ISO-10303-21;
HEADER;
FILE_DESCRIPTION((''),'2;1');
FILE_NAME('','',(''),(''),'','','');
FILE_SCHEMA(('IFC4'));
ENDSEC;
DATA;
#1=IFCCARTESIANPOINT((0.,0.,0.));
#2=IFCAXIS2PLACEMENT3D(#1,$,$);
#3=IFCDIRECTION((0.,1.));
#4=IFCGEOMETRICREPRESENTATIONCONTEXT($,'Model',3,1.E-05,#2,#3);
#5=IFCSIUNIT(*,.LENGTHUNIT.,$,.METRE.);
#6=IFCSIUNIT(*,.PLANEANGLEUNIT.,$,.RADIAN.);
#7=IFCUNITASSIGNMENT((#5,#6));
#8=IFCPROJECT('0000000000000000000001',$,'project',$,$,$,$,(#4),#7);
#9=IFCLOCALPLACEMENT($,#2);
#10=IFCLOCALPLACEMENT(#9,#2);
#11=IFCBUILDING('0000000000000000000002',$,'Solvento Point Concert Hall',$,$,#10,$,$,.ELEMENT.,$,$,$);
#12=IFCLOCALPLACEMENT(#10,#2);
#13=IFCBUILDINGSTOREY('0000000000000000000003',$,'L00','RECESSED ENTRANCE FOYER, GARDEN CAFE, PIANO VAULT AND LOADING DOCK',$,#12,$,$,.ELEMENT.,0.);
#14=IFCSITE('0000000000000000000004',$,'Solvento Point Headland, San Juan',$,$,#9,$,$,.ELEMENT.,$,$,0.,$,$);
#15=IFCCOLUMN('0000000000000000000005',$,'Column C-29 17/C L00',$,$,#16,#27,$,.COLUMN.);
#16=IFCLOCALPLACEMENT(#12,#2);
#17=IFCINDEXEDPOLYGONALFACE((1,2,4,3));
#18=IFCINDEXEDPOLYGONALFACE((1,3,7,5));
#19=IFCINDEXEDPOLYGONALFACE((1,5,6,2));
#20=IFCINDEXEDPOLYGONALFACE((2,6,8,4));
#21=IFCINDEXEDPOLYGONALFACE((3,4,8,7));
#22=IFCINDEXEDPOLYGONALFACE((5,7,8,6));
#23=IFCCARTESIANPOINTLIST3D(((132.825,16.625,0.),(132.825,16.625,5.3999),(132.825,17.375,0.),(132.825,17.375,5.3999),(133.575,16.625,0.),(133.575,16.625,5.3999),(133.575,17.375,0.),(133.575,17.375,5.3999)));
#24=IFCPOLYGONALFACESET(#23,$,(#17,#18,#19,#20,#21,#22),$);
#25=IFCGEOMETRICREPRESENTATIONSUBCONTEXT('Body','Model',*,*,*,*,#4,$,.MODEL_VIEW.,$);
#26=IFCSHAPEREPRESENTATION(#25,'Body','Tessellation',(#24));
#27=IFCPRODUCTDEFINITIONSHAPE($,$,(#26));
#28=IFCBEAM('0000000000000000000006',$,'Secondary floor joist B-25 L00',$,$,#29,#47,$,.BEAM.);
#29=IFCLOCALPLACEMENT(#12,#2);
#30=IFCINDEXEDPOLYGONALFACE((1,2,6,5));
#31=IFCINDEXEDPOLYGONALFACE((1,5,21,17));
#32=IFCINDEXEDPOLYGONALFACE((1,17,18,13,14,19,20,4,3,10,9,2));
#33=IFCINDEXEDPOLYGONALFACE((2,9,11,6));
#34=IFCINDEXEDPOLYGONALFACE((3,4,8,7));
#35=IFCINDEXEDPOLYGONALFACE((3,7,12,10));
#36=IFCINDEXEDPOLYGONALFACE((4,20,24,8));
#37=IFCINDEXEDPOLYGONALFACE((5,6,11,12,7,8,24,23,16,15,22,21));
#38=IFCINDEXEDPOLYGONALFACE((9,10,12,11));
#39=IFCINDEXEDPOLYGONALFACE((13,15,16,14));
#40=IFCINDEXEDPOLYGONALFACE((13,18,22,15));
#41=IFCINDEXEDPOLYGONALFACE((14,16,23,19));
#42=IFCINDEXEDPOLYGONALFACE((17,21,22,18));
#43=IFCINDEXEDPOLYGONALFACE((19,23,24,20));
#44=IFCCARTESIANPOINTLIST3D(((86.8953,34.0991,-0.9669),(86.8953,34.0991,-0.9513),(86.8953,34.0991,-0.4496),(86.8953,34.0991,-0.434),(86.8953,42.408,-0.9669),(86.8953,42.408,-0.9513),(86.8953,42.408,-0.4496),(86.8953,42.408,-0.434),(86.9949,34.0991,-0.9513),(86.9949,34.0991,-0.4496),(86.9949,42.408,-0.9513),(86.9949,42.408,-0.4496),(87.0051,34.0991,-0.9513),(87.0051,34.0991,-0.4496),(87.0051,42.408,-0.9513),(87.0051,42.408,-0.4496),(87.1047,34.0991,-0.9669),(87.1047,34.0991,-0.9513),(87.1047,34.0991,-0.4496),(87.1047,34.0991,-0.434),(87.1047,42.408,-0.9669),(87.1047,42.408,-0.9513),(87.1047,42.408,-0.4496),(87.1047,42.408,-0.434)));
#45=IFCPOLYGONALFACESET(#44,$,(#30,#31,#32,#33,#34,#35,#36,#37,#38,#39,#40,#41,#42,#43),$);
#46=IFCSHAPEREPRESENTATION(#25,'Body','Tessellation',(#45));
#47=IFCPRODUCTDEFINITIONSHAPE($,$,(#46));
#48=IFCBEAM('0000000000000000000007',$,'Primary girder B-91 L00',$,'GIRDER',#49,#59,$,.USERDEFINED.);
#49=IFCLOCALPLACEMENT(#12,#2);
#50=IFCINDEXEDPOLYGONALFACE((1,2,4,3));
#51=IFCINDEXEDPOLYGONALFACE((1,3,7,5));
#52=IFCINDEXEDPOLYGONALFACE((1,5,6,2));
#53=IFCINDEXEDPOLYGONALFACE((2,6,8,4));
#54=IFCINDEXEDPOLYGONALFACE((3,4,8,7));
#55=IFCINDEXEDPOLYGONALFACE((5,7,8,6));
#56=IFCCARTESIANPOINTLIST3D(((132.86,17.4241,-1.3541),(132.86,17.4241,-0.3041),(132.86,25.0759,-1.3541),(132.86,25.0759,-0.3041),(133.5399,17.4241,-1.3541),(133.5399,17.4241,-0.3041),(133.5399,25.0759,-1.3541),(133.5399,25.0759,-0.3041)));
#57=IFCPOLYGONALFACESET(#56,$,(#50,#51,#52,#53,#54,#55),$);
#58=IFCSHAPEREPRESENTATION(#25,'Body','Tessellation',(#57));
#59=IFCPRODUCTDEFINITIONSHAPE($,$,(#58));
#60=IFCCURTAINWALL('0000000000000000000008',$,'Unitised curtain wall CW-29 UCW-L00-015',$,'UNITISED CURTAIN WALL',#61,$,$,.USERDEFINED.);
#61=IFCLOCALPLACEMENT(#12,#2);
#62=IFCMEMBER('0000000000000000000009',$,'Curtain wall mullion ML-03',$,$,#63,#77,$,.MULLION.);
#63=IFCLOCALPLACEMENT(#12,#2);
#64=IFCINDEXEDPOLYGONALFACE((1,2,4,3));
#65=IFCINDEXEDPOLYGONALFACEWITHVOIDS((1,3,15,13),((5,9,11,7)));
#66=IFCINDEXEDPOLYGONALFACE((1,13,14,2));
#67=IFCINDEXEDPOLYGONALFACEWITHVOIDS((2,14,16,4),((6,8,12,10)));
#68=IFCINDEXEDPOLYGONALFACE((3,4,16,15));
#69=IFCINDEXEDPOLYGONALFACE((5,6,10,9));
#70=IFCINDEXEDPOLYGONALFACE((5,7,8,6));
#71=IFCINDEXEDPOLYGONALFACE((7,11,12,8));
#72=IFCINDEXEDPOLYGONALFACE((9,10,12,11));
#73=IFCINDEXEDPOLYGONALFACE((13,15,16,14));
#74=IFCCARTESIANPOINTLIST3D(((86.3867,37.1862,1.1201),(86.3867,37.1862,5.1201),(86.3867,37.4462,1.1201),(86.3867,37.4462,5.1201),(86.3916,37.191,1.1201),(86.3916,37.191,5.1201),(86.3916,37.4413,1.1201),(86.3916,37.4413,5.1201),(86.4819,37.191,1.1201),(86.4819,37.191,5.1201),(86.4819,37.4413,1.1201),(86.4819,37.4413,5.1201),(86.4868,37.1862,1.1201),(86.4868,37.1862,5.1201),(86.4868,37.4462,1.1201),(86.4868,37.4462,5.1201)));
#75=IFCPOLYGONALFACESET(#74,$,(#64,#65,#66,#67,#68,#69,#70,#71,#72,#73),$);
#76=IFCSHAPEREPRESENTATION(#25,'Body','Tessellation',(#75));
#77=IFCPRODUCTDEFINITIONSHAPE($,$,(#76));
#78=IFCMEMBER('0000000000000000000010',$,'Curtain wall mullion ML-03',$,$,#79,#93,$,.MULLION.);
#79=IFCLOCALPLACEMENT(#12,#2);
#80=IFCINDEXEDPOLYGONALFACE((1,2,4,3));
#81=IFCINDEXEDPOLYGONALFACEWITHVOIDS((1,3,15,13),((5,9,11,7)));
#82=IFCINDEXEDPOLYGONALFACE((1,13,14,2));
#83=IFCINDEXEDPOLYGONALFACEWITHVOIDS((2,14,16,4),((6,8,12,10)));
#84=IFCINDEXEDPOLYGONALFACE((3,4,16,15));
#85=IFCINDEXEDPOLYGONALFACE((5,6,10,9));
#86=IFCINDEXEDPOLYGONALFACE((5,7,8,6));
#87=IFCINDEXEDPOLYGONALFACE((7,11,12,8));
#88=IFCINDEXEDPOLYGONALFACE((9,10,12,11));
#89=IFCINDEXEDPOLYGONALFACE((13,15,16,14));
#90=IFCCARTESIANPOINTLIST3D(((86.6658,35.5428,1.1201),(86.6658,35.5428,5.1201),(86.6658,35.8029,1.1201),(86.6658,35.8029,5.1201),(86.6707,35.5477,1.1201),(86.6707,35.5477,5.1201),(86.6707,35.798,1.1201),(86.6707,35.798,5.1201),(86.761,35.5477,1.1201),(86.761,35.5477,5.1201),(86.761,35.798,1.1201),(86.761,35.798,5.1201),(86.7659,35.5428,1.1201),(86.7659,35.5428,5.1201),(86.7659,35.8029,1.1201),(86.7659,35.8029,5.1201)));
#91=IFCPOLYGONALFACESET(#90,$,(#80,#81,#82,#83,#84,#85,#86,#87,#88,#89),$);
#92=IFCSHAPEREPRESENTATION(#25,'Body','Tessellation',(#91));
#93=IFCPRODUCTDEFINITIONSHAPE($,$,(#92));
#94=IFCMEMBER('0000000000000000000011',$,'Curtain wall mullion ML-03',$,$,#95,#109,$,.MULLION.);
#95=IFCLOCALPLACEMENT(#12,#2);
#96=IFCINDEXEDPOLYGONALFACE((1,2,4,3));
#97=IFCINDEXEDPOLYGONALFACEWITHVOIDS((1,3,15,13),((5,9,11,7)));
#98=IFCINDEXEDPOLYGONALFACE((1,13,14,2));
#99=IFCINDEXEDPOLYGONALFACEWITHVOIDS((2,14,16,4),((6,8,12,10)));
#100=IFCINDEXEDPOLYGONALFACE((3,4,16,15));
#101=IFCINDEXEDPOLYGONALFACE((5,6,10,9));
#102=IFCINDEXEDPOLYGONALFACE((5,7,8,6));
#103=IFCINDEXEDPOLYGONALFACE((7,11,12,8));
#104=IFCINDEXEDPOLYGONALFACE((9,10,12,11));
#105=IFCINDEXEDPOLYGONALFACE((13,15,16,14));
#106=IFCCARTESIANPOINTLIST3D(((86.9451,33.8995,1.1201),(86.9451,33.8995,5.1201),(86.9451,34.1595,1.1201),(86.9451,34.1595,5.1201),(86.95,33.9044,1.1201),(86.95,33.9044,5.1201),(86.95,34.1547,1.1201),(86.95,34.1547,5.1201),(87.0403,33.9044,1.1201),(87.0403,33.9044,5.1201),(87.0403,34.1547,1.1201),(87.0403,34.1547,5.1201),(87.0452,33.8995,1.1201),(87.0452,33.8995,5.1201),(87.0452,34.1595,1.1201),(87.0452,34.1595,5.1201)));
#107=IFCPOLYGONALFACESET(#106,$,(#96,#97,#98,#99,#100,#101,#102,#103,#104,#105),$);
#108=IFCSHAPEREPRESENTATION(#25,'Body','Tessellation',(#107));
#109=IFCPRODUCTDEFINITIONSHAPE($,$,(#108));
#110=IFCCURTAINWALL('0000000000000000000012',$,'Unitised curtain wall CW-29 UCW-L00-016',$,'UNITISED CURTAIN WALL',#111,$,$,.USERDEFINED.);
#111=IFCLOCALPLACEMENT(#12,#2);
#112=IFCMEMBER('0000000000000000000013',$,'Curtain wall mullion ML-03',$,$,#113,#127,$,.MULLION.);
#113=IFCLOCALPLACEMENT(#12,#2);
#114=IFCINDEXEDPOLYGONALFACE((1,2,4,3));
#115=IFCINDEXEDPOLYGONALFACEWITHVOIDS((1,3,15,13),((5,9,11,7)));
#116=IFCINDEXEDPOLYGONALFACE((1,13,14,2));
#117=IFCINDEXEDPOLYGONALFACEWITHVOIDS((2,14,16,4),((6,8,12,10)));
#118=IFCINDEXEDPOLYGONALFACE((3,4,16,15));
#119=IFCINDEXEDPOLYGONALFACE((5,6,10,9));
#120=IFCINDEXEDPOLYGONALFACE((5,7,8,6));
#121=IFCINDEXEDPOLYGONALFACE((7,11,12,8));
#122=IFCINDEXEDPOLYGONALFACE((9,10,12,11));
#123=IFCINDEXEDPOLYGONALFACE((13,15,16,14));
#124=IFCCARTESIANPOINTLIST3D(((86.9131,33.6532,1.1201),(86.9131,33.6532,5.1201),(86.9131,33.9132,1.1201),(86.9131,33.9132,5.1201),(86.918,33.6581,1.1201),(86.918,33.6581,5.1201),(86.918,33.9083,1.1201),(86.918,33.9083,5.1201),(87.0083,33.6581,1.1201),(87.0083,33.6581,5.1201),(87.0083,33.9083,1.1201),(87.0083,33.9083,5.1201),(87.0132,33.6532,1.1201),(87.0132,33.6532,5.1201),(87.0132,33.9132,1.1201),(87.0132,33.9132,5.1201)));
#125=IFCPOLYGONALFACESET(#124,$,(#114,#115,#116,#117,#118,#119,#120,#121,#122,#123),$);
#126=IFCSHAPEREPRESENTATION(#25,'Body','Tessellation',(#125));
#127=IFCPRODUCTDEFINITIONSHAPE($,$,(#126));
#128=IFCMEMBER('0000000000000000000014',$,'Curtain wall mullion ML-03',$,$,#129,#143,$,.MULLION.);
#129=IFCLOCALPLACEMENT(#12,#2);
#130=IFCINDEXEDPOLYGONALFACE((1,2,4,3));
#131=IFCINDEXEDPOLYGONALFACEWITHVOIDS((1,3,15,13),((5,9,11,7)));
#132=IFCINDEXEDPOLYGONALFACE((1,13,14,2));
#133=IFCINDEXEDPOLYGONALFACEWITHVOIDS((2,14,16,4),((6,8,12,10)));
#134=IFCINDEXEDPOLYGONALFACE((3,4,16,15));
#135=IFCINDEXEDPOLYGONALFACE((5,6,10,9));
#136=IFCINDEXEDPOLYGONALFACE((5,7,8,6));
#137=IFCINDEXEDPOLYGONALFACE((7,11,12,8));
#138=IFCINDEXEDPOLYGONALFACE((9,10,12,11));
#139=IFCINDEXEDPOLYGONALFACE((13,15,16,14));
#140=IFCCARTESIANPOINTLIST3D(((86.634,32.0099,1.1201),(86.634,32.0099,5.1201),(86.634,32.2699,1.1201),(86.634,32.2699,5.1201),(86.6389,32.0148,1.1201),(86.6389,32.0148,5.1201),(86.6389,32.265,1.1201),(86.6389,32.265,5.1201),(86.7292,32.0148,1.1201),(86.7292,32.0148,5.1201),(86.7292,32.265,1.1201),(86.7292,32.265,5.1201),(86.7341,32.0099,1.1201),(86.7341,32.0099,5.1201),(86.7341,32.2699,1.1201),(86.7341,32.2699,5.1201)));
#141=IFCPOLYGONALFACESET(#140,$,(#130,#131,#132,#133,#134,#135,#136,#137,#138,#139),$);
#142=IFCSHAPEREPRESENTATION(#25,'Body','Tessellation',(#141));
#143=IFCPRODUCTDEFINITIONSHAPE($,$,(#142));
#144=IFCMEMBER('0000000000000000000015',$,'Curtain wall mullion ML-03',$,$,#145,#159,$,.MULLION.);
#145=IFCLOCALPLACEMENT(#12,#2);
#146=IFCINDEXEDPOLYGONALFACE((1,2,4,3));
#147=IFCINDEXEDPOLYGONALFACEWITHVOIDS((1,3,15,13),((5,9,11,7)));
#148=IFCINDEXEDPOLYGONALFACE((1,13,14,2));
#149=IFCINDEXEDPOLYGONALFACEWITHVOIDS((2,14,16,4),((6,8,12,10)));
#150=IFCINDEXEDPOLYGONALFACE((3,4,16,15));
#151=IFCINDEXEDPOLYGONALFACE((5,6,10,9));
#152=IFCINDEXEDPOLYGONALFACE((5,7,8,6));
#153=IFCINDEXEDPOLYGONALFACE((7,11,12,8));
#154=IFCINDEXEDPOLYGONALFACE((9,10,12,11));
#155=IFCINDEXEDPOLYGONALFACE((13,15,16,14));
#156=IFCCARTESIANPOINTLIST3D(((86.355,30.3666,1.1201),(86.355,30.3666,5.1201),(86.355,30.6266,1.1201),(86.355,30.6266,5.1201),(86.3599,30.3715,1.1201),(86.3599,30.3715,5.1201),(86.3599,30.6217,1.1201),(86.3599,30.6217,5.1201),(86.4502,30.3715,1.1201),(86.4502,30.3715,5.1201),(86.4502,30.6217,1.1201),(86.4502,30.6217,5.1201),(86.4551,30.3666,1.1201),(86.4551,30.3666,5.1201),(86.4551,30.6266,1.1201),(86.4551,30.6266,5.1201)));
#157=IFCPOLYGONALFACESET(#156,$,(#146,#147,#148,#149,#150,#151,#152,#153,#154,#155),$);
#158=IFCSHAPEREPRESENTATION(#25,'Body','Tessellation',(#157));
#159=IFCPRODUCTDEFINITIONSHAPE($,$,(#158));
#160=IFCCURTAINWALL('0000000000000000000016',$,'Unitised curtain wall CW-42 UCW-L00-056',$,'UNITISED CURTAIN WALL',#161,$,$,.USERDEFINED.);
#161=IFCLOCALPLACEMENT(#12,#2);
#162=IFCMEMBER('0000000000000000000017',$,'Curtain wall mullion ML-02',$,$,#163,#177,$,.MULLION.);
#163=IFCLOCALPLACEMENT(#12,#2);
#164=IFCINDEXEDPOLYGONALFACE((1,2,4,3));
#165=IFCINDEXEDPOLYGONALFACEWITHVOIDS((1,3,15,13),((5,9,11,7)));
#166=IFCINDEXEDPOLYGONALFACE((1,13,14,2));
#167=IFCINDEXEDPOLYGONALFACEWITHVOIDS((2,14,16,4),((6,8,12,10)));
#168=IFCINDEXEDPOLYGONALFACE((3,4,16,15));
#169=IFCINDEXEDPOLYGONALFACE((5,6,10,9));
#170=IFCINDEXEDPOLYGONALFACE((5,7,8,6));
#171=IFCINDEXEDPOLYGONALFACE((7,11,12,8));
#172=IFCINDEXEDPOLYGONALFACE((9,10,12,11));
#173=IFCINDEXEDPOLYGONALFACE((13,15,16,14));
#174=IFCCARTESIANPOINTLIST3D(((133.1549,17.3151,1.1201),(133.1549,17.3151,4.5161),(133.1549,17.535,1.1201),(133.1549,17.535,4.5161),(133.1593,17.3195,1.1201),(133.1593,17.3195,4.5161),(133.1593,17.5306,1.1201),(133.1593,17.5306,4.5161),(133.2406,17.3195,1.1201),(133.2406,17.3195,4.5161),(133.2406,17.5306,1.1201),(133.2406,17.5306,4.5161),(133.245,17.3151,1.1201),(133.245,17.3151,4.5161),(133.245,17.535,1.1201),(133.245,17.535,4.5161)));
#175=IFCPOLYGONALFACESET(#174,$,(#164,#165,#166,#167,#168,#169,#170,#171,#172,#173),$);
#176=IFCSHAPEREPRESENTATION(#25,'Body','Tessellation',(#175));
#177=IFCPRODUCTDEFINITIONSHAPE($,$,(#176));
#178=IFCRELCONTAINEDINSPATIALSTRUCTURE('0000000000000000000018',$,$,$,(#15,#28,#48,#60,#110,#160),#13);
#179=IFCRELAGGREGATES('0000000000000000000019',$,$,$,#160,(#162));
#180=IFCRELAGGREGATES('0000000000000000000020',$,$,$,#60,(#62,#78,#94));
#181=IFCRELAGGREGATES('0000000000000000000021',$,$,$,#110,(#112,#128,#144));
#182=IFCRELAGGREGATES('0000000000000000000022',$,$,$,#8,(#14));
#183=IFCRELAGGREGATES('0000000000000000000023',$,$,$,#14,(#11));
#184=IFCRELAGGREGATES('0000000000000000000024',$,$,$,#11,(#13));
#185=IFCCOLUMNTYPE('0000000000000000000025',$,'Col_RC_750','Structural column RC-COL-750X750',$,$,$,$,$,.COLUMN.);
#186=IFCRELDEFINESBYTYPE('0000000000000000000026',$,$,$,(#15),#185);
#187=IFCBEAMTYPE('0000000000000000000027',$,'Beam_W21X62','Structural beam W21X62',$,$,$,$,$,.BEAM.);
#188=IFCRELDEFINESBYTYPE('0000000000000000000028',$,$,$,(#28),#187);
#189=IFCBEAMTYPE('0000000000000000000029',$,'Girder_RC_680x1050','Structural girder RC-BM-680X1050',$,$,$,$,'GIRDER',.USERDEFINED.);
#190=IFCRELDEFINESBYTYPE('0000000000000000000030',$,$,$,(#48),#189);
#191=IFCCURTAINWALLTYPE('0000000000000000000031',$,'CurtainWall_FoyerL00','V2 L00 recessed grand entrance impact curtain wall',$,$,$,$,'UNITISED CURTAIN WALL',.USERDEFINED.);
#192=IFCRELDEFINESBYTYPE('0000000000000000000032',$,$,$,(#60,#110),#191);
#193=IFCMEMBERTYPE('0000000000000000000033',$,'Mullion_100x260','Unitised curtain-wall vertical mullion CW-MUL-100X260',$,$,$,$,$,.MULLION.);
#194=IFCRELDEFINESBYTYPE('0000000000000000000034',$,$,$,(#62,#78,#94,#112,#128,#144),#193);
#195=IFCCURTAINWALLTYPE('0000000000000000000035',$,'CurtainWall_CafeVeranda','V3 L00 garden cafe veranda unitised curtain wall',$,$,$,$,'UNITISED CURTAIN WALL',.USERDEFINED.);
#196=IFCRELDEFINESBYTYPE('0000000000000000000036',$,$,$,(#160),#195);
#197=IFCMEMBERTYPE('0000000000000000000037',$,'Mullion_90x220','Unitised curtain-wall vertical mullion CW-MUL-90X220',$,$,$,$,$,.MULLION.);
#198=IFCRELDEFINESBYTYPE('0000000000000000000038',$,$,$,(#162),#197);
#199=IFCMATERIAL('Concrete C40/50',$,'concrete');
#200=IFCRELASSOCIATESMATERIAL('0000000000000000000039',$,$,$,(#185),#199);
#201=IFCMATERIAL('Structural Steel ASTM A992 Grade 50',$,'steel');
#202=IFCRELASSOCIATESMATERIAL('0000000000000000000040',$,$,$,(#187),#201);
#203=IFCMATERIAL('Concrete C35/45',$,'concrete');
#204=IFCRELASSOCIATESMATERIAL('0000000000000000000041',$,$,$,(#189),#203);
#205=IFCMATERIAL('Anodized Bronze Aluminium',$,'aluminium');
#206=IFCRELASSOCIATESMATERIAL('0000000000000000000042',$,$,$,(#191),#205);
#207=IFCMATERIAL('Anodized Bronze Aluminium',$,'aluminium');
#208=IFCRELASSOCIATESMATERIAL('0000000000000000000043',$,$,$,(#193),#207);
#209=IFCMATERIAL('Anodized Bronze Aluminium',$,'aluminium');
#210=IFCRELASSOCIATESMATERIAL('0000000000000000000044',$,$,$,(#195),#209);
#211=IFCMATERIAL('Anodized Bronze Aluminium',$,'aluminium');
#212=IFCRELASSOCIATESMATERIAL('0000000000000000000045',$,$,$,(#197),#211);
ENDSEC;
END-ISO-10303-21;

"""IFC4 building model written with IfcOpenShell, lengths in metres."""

from ifc_helpers import new_model, si_unit, direction, frame, origin, origin_2d, place, context, subcontext, project, spatial, rectangle, hollow_rectangle, i_section, extrude, material, material_profile, profile_set, type_object, element, aggregate, save


model = new_model("IFC4")

# Units and contexts
model_context = context("Model", 3, precision=1e-05, world=origin(), true_north=direction((0.0, 1.0)))
body_context = subcontext(model_context, "Body", "Model", "MODEL_VIEW")
ifc_project = project(units=[si_unit("LENGTHUNIT", "METRE"), si_unit("PLANEANGLEUNIT", "RADIAN")], contexts=[model_context])

# Site, building, storey
site_placement = place(None, origin())
site = spatial("IfcSite", under=ifc_project, at=site_placement, Name="Solvento Point Headland, San Juan", CompositionType="ELEMENT", RefElevation=0.0)
building_placement = place(site_placement, origin())
building = spatial("IfcBuilding", under=site, at=building_placement, Name="Solvento Point Concert Hall", CompositionType="ELEMENT")
storey_placement = place(building_placement, origin())
storey = spatial("IfcBuildingStorey", under=building, at=storey_placement, Name="L00", Description="RECESSED ENTRANCE FOYER, GARDEN CAFE, PIANO VAULT AND LOADING DOCK", CompositionType="ELEMENT", Elevation=0.0)

# Column
ifc_material_1 = material(Name="Concrete C40/50", Category="concrete")
ifc_material_profile_1 = material_profile(ifc_material_1, rectangle(XDim=0.75, YDim=0.75, at=origin_2d()), Name="RC-COL-750X750")
ifc_profile_set_1 = profile_set([ifc_material_profile_1], Name="Concrete C40/50")
column_type = type_object("IfcColumnType", Name="Col_RC_750", Description="Structural column RC-COL-750X750", PredefinedType="COLUMN", material=ifc_profile_set_1)
column_placement = place(storey_placement, frame((133.2, 17.0, 0.0), z_axis=(0.0, 0.0, 1.0), x_axis=(1.0, 0.0, 0.0)))
element("IfcColumn", 1, at=column_placement, inside=storey, type_object=column_type, Name="Column C-29 17/C L00", PredefinedType="COLUMN", context=body_context, shape_type="SweptSolid", body=[
    extrude(rectangle(XDim=0.75, YDim=0.75, at=origin_2d()), origin(), (0.0, 0.0, 1.0), 5.3999),
])

# Beams
ifc_material_2 = material(Name="Structural Steel ASTM A992 Grade 50", Category="steel")
ifc_material_profile_2 = material_profile(ifc_material_2, i_section(OverallWidth=0.2095, OverallDepth=0.533, WebThickness=0.0103, FlangeThickness=0.0156, at=origin_2d()), Name="W21X62")
ifc_profile_set_2 = profile_set([ifc_material_profile_2], Name="Structural Steel ASTM A992 Grade 50")
beam_type_1 = type_object("IfcBeamType", Name="Beam_W21X62", Description="Structural beam W21X62", PredefinedType="BEAM", material=ifc_profile_set_2)
beam_1_placement = place(storey_placement, frame((87.0, 34.0991, -0.7004), z_axis=(0.0, 1.0, 0.0), x_axis=(-1.0, 0.0, 0.0)))
element("IfcBeam", 2, at=beam_1_placement, inside=storey, type_object=beam_type_1, Name="Secondary floor joist B-25 L00", PredefinedType="BEAM", context=body_context, shape_type="SweptSolid", body=[
    extrude(i_section(OverallWidth=0.2095, OverallDepth=0.533, WebThickness=0.0103, FlangeThickness=0.0156, at=origin_2d()), origin(), (0.0, 0.0, 1.0), 8.3088),
])
ifc_material_3 = material(Name="Concrete C35/45", Category="concrete")
ifc_material_profile_3 = material_profile(ifc_material_3, rectangle(XDim=0.6799, YDim=1.05, at=origin_2d()), Name="RC-BM-680X1050")
ifc_profile_set_3 = profile_set([ifc_material_profile_3], Name="Concrete C35/45")
beam_type_2 = type_object("IfcBeamType", Name="Girder_RC_680x1050", Description="Structural girder RC-BM-680X1050", ElementType="GIRDER", PredefinedType="USERDEFINED", material=ifc_profile_set_3)
beam_2_placement = place(storey_placement, frame((133.2, 17.4241, -0.8291), z_axis=(0.0, 1.0, 0.0), x_axis=(-1.0, 0.0, 0.0)))
element("IfcBeam", 3, at=beam_2_placement, inside=storey, type_object=beam_type_2, Name="Primary girder B-91 L00", ObjectType="GIRDER", PredefinedType="USERDEFINED", context=body_context, shape_type="SweptSolid", body=[
    extrude(rectangle(XDim=0.6799, YDim=1.05, at=origin_2d()), origin(), (0.0, 0.0, 1.0), 7.6519),
])

# Curtain walls, members
ifc_material_4 = material(Name="Anodized Bronze Aluminium", Category="aluminium")
curtain_wall_type_1 = type_object("IfcCurtainWallType", Name="CurtainWall_FoyerL00", Description="V2 L00 recessed grand entrance impact curtain wall", ElementType="UNITISED CURTAIN WALL", PredefinedType="USERDEFINED", material=ifc_material_4)
curtain_wall_1_placement = place(storey_placement, origin())
curtain_wall_1 = element("IfcCurtainWall", 4, at=curtain_wall_1_placement, inside=storey, type_object=curtain_wall_type_1, Name="Unitised curtain wall CW-29 UCW-L00-015", ObjectType="UNITISED CURTAIN WALL", PredefinedType="USERDEFINED")
ifc_material_5 = material(Name="Anodized Bronze Aluminium", Category="aluminium")
ifc_material_profile_4 = material_profile(ifc_material_5, hollow_rectangle(XDim=0.1001, YDim=0.26, WallThickness=0.0049, at=origin_2d()), Name="CW-MUL-100X260")
ifc_profile_set_4 = profile_set([ifc_material_profile_4], Name="Anodized Bronze Aluminium")
member_type_1 = type_object("IfcMemberType", Name="Mullion_100x260", Description="Unitised curtain-wall vertical mullion CW-MUL-100X260", PredefinedType="MULLION", material=ifc_profile_set_4)
member_1_placement = place(storey_placement, frame((86.4368, 37.3162, 1.1201), z_axis=(0.0, 0.0, 1.0), x_axis=(1.0, 0.0, 0.0)))
member_1 = element("IfcMember", 5, at=member_1_placement, type_object=member_type_1, Name="Curtain wall mullion ML-03", PredefinedType="MULLION", context=body_context, shape_type="SweptSolid", body=[
    extrude(hollow_rectangle(XDim=0.1001, YDim=0.26, WallThickness=0.0049, at=origin_2d()), origin(), (0.0, 0.0, 1.0), 4.0),
])
member_2_placement = place(storey_placement, frame((86.7158, 35.6729, 1.1201), z_axis=(0.0, 0.0, 1.0), x_axis=(1.0, 0.0, 0.0)))
member_2 = element("IfcMember", 6, at=member_2_placement, type_object=member_type_1, Name="Curtain wall mullion ML-03", PredefinedType="MULLION", context=body_context, shape_type="SweptSolid", body=[
    extrude(hollow_rectangle(XDim=0.1001, YDim=0.26, WallThickness=0.0049, at=origin_2d()), origin(), (0.0, 0.0, 1.0), 4.0),
])
member_3_placement = place(storey_placement, frame((86.9951, 34.0295, 1.1201), z_axis=(0.0, 0.0, 1.0), x_axis=(1.0, 0.0, 0.0)))
member_3 = element("IfcMember", 7, at=member_3_placement, type_object=member_type_1, Name="Curtain wall mullion ML-03", PredefinedType="MULLION", context=body_context, shape_type="SweptSolid", body=[
    extrude(hollow_rectangle(XDim=0.1001, YDim=0.26, WallThickness=0.0049, at=origin_2d()), origin(), (0.0, 0.0, 1.0), 4.0),
])
curtain_wall_2_placement = place(storey_placement, origin())
curtain_wall_2 = element("IfcCurtainWall", 8, at=curtain_wall_2_placement, inside=storey, type_object=curtain_wall_type_1, Name="Unitised curtain wall CW-29 UCW-L00-016", ObjectType="UNITISED CURTAIN WALL", PredefinedType="USERDEFINED")
member_4_placement = place(storey_placement, frame((86.9631, 33.7832, 1.1201), z_axis=(0.0, 0.0, 1.0), x_axis=(1.0, 0.0, 0.0)))
member_4 = element("IfcMember", 9, at=member_4_placement, type_object=member_type_1, Name="Curtain wall mullion ML-03", PredefinedType="MULLION", context=body_context, shape_type="SweptSolid", body=[
    extrude(hollow_rectangle(XDim=0.1001, YDim=0.26, WallThickness=0.0049, at=origin_2d()), origin(), (0.0, 0.0, 1.0), 4.0),
])
member_5_placement = place(storey_placement, frame((86.6841, 32.1399, 1.1201), z_axis=(0.0, 0.0, 1.0), x_axis=(1.0, 0.0, 0.0)))
member_5 = element("IfcMember", 10, at=member_5_placement, type_object=member_type_1, Name="Curtain wall mullion ML-03", PredefinedType="MULLION", context=body_context, shape_type="SweptSolid", body=[
    extrude(hollow_rectangle(XDim=0.1001, YDim=0.26, WallThickness=0.0049, at=origin_2d()), origin(), (0.0, 0.0, 1.0), 4.0),
])
member_6_placement = place(storey_placement, frame((86.405, 30.4966, 1.1201), z_axis=(0.0, 0.0, 1.0), x_axis=(1.0, 0.0, 0.0)))
member_6 = element("IfcMember", 11, at=member_6_placement, type_object=member_type_1, Name="Curtain wall mullion ML-03", PredefinedType="MULLION", context=body_context, shape_type="SweptSolid", body=[
    extrude(hollow_rectangle(XDim=0.1001, YDim=0.26, WallThickness=0.0049, at=origin_2d()), origin(), (0.0, 0.0, 1.0), 4.0),
])
ifc_material_6 = material(Name="Anodized Bronze Aluminium", Category="aluminium")
curtain_wall_type_2 = type_object("IfcCurtainWallType", Name="CurtainWall_CafeVeranda", Description="V3 L00 garden cafe veranda unitised curtain wall", ElementType="UNITISED CURTAIN WALL", PredefinedType="USERDEFINED", material=ifc_material_6)
curtain_wall_3_placement = place(storey_placement, origin())
curtain_wall_3 = element("IfcCurtainWall", 12, at=curtain_wall_3_placement, inside=storey, type_object=curtain_wall_type_2, Name="Unitised curtain wall CW-42 UCW-L00-056", ObjectType="UNITISED CURTAIN WALL", PredefinedType="USERDEFINED")
ifc_material_7 = material(Name="Anodized Bronze Aluminium", Category="aluminium")
ifc_material_profile_5 = material_profile(ifc_material_7, hollow_rectangle(XDim=0.0901, YDim=0.22, WallThickness=0.0044, at=origin_2d()), Name="CW-MUL-90X220")
ifc_profile_set_5 = profile_set([ifc_material_profile_5], Name="Anodized Bronze Aluminium")
member_type_2 = type_object("IfcMemberType", Name="Mullion_90x220", Description="Unitised curtain-wall vertical mullion CW-MUL-90X220", PredefinedType="MULLION", material=ifc_profile_set_5)
member_7_placement = place(storey_placement, frame((133.2, 17.425, 1.1201), z_axis=(0.0, 0.0, 1.0), x_axis=(1.0, 0.0, 0.0)))
member_7 = element("IfcMember", 13, at=member_7_placement, type_object=member_type_2, Name="Curtain wall mullion ML-02", PredefinedType="MULLION", context=body_context, shape_type="SweptSolid", body=[
    extrude(hollow_rectangle(XDim=0.0901, YDim=0.22, WallThickness=0.0044, at=origin_2d()), origin(), (0.0, 0.0, 1.0), 3.396),
])

aggregate(curtain_wall_3, [member_7])
aggregate(curtain_wall_1, [member_1, member_2, member_3])
aggregate(curtain_wall_2, [member_4, member_5, member_6])

save(model, "model.ifc")
